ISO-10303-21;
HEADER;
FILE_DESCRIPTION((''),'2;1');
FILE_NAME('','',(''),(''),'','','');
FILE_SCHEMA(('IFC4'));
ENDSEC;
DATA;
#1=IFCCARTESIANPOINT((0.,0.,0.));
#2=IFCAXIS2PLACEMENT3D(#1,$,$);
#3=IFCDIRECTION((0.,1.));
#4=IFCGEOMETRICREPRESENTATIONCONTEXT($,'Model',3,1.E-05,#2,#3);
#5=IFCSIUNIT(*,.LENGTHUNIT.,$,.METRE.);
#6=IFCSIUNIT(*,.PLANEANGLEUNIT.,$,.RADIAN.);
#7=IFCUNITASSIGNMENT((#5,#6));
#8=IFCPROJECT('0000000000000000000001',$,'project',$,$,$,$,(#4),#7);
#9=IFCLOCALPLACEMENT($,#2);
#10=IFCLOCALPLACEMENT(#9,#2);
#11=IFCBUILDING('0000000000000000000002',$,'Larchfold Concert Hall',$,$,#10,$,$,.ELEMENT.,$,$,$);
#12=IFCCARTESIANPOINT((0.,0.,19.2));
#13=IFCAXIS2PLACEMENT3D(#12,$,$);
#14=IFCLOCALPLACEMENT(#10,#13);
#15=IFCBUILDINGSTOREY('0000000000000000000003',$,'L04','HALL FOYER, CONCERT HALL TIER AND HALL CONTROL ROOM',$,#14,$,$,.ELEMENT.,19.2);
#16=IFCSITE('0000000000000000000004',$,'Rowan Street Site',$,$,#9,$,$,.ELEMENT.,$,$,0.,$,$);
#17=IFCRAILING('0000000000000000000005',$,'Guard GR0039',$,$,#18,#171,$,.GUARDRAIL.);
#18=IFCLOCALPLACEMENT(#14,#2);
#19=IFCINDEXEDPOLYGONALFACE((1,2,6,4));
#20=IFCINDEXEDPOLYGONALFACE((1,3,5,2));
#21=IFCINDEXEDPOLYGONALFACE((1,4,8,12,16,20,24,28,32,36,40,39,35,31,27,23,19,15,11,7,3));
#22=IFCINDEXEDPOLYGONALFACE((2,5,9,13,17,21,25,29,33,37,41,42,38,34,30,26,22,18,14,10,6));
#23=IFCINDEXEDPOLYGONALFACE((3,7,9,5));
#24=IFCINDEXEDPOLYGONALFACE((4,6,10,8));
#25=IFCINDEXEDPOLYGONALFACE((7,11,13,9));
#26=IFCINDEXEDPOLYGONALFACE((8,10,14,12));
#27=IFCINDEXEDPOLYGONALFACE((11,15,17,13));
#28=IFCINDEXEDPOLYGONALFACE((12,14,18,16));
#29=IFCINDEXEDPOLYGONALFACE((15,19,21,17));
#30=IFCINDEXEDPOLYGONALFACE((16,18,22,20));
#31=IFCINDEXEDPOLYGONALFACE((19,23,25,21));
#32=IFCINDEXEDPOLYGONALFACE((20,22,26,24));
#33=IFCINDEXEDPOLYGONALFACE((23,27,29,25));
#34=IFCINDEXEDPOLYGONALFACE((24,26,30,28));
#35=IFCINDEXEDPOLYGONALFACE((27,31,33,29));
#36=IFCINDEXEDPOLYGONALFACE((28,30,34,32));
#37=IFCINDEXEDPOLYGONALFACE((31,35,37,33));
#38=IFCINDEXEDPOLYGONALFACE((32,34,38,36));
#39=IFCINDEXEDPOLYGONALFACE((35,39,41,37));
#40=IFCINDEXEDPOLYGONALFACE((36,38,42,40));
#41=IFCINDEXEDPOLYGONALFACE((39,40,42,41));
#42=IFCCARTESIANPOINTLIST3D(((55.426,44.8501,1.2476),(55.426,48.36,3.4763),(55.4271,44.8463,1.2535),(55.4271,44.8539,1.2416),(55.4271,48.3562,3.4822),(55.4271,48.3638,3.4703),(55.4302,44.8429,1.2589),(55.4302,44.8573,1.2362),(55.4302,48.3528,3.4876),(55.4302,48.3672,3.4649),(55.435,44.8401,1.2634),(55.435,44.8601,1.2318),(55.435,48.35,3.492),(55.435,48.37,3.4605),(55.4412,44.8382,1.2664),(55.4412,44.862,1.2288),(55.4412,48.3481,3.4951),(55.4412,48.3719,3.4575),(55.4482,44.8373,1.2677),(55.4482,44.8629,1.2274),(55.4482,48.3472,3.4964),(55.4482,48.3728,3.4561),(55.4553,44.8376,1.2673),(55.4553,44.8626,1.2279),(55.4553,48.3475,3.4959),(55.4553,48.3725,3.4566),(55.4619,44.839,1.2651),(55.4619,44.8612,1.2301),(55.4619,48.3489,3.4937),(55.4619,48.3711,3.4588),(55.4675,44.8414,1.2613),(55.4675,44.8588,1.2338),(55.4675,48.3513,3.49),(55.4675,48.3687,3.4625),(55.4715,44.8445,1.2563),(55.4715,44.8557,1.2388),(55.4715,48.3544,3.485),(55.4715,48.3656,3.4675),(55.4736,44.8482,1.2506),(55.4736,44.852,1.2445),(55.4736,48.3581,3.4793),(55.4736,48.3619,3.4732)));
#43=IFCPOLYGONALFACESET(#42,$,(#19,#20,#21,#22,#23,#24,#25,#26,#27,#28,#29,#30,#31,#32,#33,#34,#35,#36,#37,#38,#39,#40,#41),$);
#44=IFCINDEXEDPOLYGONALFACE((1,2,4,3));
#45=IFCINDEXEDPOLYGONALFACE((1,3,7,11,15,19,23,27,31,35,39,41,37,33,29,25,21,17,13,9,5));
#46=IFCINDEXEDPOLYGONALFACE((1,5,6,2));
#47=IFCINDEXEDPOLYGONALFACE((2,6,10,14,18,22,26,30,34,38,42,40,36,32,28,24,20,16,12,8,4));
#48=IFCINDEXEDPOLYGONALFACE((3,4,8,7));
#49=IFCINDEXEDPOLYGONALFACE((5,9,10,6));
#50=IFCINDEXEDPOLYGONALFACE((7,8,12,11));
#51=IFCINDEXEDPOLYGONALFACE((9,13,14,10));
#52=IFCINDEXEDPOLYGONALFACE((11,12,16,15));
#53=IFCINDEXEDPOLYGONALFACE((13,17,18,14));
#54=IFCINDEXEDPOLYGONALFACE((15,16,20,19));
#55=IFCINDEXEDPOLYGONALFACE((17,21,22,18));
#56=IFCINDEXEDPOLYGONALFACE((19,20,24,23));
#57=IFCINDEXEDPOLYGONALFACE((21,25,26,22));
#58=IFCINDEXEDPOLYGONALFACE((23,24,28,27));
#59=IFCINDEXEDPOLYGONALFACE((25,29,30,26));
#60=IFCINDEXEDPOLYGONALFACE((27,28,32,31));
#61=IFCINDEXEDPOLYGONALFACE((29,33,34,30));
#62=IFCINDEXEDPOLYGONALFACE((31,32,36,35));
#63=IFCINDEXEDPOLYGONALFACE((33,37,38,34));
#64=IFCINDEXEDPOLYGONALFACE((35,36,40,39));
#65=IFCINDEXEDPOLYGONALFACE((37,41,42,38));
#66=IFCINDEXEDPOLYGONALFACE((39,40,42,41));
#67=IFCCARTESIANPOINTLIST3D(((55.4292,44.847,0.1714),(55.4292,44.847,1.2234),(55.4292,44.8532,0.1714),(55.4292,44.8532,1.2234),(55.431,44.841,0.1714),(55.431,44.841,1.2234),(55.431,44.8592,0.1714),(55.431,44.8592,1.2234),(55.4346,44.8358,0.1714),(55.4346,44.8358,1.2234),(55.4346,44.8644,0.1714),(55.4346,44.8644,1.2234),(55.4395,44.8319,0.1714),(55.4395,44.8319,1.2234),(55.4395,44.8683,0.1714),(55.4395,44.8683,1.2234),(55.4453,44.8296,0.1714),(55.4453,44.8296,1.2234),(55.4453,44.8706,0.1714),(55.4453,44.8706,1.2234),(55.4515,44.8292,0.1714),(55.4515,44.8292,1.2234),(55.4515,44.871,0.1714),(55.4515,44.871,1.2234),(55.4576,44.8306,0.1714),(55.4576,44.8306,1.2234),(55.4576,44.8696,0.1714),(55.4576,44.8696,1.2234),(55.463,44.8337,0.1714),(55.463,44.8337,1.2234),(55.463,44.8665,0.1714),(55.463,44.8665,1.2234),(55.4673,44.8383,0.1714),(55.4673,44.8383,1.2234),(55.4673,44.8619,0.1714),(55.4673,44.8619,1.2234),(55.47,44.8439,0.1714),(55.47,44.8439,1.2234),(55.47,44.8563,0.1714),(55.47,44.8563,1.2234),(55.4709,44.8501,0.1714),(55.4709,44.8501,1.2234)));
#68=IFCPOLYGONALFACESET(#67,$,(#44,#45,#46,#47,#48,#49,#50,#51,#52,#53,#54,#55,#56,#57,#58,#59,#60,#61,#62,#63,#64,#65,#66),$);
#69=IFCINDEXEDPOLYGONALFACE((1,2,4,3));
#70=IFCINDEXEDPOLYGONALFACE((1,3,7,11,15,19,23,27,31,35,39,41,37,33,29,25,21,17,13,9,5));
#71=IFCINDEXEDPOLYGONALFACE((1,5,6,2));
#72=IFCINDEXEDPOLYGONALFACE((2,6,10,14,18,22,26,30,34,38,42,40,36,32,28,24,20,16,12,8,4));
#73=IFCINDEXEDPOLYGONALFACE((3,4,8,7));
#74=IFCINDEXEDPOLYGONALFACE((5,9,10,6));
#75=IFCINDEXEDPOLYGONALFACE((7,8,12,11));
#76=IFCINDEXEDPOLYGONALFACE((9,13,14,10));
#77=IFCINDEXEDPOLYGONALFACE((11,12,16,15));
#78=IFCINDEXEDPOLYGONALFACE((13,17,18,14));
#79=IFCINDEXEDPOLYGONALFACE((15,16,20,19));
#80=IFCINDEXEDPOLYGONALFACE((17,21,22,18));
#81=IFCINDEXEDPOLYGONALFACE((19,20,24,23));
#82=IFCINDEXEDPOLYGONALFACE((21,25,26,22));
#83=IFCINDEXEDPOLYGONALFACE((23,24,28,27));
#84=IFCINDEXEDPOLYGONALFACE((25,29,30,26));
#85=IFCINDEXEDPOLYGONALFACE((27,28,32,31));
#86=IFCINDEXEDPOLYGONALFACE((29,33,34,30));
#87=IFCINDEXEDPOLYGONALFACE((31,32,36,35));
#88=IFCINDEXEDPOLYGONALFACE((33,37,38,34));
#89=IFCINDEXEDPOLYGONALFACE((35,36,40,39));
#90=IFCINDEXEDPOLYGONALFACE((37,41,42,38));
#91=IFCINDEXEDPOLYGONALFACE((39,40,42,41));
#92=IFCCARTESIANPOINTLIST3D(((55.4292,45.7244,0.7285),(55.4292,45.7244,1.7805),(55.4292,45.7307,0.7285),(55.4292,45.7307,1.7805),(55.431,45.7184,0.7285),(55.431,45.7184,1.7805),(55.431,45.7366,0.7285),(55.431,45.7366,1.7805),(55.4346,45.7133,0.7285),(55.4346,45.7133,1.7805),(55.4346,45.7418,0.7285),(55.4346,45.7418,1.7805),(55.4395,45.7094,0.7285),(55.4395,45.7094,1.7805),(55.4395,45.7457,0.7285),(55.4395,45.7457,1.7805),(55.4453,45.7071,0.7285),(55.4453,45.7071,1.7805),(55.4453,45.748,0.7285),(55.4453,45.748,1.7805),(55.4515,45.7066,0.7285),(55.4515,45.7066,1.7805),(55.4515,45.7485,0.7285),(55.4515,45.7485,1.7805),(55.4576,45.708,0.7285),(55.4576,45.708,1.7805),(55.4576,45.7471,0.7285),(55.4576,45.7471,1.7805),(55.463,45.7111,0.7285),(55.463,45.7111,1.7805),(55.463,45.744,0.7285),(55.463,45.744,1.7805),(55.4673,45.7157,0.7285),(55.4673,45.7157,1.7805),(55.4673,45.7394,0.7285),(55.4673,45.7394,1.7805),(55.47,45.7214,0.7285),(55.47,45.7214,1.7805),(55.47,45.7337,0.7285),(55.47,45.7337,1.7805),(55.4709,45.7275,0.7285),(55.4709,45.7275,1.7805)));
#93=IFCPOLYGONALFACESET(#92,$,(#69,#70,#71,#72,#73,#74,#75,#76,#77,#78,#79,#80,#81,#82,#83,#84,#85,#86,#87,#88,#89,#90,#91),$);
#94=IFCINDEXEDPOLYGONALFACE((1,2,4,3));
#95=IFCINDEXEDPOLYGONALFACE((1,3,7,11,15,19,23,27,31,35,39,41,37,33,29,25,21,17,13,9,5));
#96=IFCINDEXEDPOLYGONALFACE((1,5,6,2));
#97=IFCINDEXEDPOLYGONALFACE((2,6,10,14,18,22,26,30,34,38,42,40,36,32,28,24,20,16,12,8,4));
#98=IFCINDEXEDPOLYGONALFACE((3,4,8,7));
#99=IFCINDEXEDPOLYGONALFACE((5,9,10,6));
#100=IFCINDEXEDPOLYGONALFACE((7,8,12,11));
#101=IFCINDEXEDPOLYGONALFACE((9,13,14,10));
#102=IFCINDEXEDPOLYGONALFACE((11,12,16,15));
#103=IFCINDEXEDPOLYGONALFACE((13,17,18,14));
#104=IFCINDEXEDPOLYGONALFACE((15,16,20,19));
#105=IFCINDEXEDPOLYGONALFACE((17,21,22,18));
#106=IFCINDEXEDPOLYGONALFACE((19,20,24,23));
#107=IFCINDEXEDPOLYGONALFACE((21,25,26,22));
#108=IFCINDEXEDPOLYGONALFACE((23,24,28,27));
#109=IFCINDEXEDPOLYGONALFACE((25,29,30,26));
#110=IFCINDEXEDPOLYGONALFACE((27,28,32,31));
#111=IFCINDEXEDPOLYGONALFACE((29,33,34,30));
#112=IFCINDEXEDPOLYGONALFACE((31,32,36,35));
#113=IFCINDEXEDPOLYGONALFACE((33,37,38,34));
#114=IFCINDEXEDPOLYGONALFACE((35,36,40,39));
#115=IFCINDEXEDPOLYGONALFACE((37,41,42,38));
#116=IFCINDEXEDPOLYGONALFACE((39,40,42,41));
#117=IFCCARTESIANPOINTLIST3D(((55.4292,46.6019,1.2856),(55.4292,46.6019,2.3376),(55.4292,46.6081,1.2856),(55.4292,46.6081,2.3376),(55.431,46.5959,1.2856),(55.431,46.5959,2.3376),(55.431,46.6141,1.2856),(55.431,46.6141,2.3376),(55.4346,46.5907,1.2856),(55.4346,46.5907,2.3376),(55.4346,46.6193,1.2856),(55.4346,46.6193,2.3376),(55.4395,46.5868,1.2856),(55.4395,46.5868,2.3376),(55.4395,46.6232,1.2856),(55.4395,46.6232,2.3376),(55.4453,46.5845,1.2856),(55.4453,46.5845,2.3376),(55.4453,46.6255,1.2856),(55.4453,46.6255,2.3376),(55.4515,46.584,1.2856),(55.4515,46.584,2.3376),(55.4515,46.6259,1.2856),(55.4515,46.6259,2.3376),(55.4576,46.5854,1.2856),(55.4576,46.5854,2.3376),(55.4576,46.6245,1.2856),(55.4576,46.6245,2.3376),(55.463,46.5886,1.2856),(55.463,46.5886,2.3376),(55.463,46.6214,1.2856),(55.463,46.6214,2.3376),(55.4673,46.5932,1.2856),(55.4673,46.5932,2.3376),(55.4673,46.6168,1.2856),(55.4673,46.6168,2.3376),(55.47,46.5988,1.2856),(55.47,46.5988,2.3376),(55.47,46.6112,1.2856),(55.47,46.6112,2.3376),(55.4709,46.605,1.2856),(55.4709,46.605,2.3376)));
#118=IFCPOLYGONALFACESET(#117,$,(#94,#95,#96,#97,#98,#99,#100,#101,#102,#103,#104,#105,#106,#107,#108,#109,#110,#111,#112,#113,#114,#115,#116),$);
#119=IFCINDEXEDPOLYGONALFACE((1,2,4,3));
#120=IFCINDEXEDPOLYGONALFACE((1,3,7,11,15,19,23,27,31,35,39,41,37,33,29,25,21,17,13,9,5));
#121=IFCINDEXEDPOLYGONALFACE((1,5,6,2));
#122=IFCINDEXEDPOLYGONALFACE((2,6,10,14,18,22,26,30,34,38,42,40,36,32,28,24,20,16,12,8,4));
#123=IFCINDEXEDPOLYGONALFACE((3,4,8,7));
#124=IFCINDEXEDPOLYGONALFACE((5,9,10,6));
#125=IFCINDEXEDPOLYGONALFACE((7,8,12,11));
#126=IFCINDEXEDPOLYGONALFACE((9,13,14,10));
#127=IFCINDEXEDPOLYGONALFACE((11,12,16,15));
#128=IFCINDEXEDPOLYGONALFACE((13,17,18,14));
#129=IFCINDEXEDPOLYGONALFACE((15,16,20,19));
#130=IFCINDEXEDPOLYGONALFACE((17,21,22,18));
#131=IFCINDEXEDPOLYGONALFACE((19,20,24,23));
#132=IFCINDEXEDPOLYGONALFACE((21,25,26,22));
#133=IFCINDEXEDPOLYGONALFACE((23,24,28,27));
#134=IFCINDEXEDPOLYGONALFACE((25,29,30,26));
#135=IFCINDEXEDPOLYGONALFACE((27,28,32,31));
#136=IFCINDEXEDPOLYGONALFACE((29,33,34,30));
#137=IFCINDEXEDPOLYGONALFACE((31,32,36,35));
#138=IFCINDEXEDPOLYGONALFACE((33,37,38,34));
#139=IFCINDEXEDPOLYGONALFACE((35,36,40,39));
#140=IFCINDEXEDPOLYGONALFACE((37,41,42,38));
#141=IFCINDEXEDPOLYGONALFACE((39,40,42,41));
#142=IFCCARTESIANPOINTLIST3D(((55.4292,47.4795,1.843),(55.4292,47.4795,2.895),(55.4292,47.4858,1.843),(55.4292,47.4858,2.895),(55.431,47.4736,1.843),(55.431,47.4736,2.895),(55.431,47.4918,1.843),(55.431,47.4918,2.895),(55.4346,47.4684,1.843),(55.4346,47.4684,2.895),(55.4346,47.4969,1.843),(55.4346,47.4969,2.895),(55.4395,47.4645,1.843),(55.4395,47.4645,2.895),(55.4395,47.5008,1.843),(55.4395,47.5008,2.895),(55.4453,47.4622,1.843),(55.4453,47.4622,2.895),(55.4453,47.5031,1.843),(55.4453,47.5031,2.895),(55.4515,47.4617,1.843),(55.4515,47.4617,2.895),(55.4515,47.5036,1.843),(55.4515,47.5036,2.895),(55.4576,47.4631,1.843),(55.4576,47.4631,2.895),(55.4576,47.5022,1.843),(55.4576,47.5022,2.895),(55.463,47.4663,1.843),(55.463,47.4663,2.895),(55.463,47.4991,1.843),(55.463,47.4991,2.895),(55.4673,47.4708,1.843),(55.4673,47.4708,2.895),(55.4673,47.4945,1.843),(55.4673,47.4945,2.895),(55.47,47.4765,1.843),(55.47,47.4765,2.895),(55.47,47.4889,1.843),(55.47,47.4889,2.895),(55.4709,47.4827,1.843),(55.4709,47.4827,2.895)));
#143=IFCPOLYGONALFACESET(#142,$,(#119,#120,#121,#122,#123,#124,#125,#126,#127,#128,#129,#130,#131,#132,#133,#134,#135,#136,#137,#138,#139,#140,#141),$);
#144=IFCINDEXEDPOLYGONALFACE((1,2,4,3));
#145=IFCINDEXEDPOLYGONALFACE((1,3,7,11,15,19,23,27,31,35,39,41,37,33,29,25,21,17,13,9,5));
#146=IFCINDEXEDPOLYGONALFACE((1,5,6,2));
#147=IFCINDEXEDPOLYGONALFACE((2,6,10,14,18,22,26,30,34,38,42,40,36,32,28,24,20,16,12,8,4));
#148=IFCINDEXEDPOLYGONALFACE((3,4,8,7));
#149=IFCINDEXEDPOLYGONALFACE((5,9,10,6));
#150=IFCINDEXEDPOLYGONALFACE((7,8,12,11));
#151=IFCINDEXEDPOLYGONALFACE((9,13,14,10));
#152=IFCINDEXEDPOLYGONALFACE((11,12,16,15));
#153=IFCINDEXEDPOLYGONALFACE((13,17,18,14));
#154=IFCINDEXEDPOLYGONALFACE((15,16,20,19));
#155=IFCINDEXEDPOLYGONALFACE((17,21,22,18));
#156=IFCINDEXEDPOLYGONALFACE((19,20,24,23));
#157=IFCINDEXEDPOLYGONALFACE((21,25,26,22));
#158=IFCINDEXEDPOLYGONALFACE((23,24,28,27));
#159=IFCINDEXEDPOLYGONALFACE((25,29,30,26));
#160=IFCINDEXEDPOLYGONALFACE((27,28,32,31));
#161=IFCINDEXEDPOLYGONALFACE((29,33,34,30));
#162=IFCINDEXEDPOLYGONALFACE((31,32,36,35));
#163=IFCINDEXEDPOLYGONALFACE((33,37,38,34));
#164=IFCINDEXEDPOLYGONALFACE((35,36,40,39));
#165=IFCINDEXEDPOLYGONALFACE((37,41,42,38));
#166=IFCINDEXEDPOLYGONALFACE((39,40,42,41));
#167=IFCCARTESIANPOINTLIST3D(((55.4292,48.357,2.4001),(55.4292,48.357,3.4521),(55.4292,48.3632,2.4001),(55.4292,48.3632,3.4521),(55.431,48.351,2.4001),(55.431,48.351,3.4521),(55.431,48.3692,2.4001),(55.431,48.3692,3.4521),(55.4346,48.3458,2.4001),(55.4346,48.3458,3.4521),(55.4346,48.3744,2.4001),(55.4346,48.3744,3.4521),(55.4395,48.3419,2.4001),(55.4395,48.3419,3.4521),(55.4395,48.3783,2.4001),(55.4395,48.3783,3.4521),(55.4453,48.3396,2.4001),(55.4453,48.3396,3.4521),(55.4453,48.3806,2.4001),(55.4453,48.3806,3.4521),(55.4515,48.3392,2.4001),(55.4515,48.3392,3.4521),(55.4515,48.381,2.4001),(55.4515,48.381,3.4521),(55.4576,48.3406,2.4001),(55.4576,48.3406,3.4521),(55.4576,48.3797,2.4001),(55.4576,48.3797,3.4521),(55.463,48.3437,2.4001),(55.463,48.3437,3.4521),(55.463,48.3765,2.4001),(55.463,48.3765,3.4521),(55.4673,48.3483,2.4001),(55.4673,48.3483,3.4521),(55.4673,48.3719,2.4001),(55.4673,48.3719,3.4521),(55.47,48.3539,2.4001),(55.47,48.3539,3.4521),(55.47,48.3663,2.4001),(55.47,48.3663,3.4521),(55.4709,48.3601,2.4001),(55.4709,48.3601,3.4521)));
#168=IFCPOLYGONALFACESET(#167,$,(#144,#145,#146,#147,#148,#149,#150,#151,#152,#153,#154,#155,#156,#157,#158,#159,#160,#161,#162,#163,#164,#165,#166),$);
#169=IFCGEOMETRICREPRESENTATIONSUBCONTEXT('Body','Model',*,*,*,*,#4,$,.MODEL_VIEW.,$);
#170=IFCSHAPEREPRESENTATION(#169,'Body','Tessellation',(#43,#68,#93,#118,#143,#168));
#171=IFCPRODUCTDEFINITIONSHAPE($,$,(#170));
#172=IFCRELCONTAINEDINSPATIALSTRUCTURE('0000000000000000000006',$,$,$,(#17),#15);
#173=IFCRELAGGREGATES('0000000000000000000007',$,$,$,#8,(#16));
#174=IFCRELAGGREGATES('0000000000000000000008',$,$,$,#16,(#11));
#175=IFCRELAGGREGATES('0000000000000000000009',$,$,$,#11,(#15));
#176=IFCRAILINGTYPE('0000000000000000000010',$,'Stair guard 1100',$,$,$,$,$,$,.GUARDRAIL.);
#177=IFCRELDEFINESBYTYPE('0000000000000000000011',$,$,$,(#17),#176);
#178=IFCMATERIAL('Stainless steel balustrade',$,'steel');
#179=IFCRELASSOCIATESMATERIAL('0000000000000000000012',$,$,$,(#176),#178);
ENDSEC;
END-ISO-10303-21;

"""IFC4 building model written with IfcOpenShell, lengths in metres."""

from ifc_helpers import new_model, si_unit, direction, frame, origin, origin_2d, place, context, subcontext, project, spatial, circle, extrude, material, type_object, element, save


model = new_model("IFC4")

# Units and contexts
model_context = context("Model", 3, precision=1e-05, world=origin(), true_north=direction((0.0, 1.0)))
body_context = subcontext(model_context, "Body", "Model", "MODEL_VIEW")
ifc_project = project(units=[si_unit("LENGTHUNIT", "METRE"), si_unit("PLANEANGLEUNIT", "RADIAN")], contexts=[model_context])

# Site, building, storey
site_placement = place(None, origin())
site = spatial("IfcSite", under=ifc_project, at=site_placement, Name="Rowan Street Site", CompositionType="ELEMENT", RefElevation=0.0)
building_placement = place(site_placement, origin())
building = spatial("IfcBuilding", under=site, at=building_placement, Name="Larchfold Concert Hall", CompositionType="ELEMENT")
storey_placement = place(building_placement, frame((0.0, 0.0, 19.2)))
storey = spatial("IfcBuildingStorey", under=building, at=storey_placement, Name="L04", Description="HALL FOYER, CONCERT HALL TIER AND HALL CONTROL ROOM", CompositionType="ELEMENT", Elevation=19.2)

# Railing
ifc_material_1 = material(Name="Stainless steel balustrade", Category="steel")
railing_type_1 = type_object("IfcRailingType", Name="Stair guard 1100", PredefinedType="GUARDRAIL", material=ifc_material_1)
railing_1_placement = place(storey_placement, frame((55.45, 44.8501, 0.1714)))
element("IfcRailing", 1, at=railing_1_placement, inside=storey, type_object=railing_type_1, Name="Guard GR0039", PredefinedType="GUARDRAIL", context=body_context, shape_type="SweptSolid", body=[
    extrude(circle(Radius=0.0239, at=origin_2d()), frame((0.0, 0.0, 1.0762), z_axis=(0.0, 0.844193, 0.536039), x_axis=(-1.0, 0.0, 0.0)), (0.0, 0.0, 1.0), 4.1577),
    extrude(circle(Radius=0.021, at=origin_2d()), origin(), (0.0, 0.0, 1.0), 1.052),
    extrude(circle(Radius=0.021, at=origin_2d()), frame((0.0, 0.8774, 0.5571)), (0.0, 0.0, 1.0), 1.052),
    extrude(circle(Radius=0.021, at=origin_2d()), frame((0.0, 1.7549, 1.1143)), (0.0, 0.0, 1.0), 1.052),
    extrude(circle(Radius=0.021, at=origin_2d()), frame((0.0, 2.6326, 1.6716)), (0.0, 0.0, 1.0), 1.052),
    extrude(circle(Radius=0.021, at=origin_2d()), frame((0.0, 3.51, 2.2288)), (0.0, 0.0, 1.0), 1.052),
])

save(model, "model.ifc")
